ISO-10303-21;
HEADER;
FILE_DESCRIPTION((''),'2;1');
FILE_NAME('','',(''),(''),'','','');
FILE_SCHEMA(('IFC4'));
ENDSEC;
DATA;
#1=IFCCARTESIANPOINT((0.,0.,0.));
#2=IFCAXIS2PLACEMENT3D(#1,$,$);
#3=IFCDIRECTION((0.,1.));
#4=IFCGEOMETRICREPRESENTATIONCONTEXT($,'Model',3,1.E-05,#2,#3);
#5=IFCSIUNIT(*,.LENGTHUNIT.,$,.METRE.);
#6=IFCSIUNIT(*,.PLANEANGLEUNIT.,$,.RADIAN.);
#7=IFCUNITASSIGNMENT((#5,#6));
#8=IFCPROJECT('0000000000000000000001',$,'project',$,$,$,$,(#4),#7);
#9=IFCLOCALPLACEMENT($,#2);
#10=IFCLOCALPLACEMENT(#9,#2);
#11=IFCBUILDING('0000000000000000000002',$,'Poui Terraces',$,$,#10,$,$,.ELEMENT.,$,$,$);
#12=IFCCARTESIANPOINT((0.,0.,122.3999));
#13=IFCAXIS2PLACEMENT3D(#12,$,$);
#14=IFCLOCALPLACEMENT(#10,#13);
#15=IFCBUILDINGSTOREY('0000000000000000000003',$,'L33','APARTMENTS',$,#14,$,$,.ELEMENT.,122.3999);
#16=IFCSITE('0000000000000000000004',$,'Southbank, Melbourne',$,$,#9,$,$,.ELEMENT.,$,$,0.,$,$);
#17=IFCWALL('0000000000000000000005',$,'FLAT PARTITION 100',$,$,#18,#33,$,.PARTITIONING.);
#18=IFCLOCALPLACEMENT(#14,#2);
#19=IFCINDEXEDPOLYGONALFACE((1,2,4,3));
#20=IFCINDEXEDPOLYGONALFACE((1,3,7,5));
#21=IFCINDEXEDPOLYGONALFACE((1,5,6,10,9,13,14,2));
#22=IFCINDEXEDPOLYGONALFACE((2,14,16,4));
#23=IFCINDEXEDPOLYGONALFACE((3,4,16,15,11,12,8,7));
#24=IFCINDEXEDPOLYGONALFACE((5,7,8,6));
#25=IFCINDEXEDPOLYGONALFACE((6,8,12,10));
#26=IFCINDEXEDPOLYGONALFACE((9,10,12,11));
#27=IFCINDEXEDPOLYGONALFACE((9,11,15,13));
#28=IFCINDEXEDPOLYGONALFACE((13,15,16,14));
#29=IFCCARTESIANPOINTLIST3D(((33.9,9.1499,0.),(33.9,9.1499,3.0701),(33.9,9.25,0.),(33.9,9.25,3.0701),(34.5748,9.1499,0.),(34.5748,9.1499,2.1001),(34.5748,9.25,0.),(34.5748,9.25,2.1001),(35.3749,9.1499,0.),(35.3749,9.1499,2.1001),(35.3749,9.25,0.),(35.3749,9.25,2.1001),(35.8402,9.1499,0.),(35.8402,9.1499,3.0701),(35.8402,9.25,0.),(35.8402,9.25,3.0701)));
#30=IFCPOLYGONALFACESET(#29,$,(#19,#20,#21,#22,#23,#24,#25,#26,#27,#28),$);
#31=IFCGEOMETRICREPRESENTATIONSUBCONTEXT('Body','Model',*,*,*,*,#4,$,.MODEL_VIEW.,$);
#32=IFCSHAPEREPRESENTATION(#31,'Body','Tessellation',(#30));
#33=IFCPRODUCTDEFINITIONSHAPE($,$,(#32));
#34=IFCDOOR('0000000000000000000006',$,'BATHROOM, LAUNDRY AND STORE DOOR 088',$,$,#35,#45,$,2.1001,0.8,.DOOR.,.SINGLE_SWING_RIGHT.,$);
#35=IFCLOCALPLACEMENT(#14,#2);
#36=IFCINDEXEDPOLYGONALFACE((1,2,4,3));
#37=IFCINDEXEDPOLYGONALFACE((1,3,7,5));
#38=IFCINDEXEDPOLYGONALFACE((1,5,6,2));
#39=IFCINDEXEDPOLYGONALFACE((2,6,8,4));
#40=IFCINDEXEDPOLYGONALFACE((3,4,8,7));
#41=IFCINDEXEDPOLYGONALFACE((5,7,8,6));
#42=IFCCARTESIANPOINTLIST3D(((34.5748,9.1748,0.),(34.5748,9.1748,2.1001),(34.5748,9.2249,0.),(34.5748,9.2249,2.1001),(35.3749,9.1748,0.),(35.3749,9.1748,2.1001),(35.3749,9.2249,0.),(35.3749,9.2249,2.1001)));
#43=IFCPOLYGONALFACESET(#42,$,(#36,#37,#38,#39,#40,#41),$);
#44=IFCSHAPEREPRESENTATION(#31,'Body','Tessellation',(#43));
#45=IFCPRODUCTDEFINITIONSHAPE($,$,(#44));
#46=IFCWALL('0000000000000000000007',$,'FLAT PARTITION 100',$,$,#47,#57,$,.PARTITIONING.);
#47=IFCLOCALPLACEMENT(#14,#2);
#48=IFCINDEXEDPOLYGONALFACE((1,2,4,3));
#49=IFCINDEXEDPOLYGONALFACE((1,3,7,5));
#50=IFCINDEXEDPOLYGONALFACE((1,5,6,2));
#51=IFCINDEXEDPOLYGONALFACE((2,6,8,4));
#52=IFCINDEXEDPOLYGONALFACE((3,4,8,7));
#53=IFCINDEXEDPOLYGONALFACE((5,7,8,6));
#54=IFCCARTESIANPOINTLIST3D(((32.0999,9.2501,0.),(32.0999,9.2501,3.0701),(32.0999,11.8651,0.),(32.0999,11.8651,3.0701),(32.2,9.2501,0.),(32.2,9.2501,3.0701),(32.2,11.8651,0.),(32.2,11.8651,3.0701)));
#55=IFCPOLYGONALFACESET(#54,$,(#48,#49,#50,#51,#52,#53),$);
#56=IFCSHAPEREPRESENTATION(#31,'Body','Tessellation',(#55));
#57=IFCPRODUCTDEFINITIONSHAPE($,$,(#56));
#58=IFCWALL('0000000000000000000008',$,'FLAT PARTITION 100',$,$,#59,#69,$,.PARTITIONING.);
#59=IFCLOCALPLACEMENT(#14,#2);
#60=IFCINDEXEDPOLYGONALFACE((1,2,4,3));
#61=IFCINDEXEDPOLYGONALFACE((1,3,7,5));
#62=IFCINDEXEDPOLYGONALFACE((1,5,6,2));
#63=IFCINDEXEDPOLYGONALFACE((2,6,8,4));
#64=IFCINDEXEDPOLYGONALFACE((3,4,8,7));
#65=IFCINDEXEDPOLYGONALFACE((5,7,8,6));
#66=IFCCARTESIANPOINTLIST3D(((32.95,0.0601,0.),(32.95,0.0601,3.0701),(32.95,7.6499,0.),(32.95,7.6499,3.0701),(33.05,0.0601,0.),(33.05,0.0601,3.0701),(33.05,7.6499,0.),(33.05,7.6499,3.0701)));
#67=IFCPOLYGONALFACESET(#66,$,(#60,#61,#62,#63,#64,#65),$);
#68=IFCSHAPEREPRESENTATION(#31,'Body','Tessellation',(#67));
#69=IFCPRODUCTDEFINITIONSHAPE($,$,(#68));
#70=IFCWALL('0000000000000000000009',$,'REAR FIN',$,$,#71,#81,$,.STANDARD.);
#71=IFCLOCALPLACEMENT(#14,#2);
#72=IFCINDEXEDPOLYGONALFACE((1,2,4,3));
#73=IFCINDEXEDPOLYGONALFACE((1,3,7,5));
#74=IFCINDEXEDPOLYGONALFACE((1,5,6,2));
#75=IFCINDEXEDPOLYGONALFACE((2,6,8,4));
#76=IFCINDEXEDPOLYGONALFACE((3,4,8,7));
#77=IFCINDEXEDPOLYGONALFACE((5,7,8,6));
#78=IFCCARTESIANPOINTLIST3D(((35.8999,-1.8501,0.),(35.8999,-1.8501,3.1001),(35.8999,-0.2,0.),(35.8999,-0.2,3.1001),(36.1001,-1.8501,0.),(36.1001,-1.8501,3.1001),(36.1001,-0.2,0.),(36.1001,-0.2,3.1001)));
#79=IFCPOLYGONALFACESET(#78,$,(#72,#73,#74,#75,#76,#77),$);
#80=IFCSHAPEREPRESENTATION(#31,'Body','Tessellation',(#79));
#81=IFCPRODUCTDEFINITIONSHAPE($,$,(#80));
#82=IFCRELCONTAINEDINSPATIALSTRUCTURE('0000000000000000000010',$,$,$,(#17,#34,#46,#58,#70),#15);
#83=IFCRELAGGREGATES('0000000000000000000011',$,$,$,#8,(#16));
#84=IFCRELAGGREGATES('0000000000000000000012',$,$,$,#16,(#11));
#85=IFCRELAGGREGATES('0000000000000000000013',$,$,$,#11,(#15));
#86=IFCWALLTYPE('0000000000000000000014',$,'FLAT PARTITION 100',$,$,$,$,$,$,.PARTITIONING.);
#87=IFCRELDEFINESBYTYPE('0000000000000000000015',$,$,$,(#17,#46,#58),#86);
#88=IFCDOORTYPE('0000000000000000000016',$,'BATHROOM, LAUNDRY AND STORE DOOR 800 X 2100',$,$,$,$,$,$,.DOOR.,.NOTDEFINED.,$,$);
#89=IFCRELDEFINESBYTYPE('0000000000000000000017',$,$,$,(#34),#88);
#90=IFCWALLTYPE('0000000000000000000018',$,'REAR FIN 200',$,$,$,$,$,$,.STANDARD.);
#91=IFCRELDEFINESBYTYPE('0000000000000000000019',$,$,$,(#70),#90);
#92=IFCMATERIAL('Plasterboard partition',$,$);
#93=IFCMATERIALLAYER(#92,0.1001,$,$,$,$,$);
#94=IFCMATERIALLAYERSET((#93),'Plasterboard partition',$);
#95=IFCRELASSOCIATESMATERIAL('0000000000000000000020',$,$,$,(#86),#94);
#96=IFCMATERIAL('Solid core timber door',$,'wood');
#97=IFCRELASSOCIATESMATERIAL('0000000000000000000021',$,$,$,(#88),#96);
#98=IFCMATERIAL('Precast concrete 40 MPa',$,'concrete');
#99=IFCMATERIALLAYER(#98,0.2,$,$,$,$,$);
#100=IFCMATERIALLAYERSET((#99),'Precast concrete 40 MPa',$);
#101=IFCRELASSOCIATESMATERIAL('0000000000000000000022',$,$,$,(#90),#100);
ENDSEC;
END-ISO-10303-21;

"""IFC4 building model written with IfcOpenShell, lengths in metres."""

from ifc_helpers import new_model, si_unit, direction, frame, frame_2d, origin, place, context, subcontext, project, spatial, polyline, rectangle, outline, extrude, source, transform, mapped, material, layer, layer_set, type_object, element, fill, save


model = new_model("IFC4")

# Units and contexts
model_context = context("Model", 3, precision=1e-05, world=origin(), true_north=direction((0.0, 1.0)))
body_context = subcontext(model_context, "Body", "Model", "MODEL_VIEW")
ifc_project = project(units=[si_unit("LENGTHUNIT", "METRE"), si_unit("PLANEANGLEUNIT", "RADIAN")], contexts=[model_context])

# Site, building, storey
site_placement = place(None, origin())
site = spatial("IfcSite", under=ifc_project, at=site_placement, Name="Southbank, Melbourne", CompositionType="ELEMENT", RefElevation=0.0)
building_placement = place(site_placement, origin())
building = spatial("IfcBuilding", under=site, at=building_placement, Name="Poui Terraces", CompositionType="ELEMENT")
storey_placement = place(building_placement, frame((0.0, 0.0, 122.3999)))
storey = spatial("IfcBuildingStorey", under=building, at=storey_placement, Name="L33", Description="APARTMENTS", CompositionType="ELEMENT", Elevation=122.3999)

# Shared definitions
ifc_material_1 = material(Name="Precast concrete 40 MPa", Category="concrete")

# Shared definitions
ifc_material_2 = material(Name="Solid core timber door", Category="wood")

# Wall, opening, door
ifc_material_3 = material(Name="Plasterboard partition")
ifc_layer_1 = layer(ifc_material_3, 0.1001)
ifc_layer_set_1 = layer_set([ifc_layer_1], Name="Plasterboard partition")
wall_type_1 = type_object("IfcWallType", Name="FLAT PARTITION 100", PredefinedType="PARTITIONING", material=ifc_layer_set_1)
wall_1_placement = place(storey_placement, frame((33.8999, 9.2, 0.0), z_axis=(0.0, 0.0, 1.0), x_axis=(1.0, 0.0, 0.0)))
wall_1 = element("IfcWall", 1, at=wall_1_placement, inside=storey, type_object=wall_type_1, Name="FLAT PARTITION 100", PredefinedType="PARTITIONING", context=body_context, shape_type="SweptSolid", body=[
    extrude(rectangle(XDim=1.9402, YDim=0.1001, at=frame_2d((0.9702, 0.0))), origin(), (0.0, 0.0, 1.0), 3.0701),
])
opening_1_placement = place(wall_1_placement, frame((0.675, 0.0, 0.0)))
opening_1 = element("IfcOpeningElement", 2, at=opening_1_placement, cuts=wall_1, PredefinedType="OPENING", context=body_context, shape_type="SweptSolid", body=[
    extrude(rectangle(XDim=0.8, YDim=2.1001, at=frame_2d((0.3999, 1.05))), frame((0.0, 0.0601, 0.0), z_axis=(0.0, -1.0, 0.0), x_axis=(1.0, 0.0, 0.0)), (0.0, 0.0, 1.0), 0.1201),
])
door_type_1 = type_object("IfcDoorType", Name="BATHROOM, LAUNDRY AND STORE DOOR 800 X 2100", OperationType="NOTDEFINED", PredefinedType="DOOR", material=ifc_material_2)
door_1_placement = place(opening_1_placement, origin())
door_1 = element("IfcDoor", 3, at=door_1_placement, inside=storey, type_object=door_type_1, Name="BATHROOM, LAUNDRY AND STORE DOOR 088", OperationType="SINGLE_SWING_RIGHT", OverallHeight=2.1001, OverallWidth=0.8, PredefinedType="DOOR", context=body_context, shape_type="SweptSolid", body=[
    extrude(rectangle(XDim=0.8, YDim=2.1001, at=frame_2d((0.3999, 1.05))), frame((0.0, 0.0249, 0.0), z_axis=(0.0, -1.0, 0.0), x_axis=(1.0, 0.0, 0.0)), (0.0, 0.0, 1.0), 0.05),
])
fill(opening_1, door_1)

# Walls
wall_2_placement = place(storey_placement, frame((32.1499, 9.25, 0.0), z_axis=(0.0, 0.0, 1.0), x_axis=(0.0, 1.0, 0.0)))
element("IfcWall", 4, at=wall_2_placement, inside=storey, type_object=wall_type_1, Name="FLAT PARTITION 100", PredefinedType="PARTITIONING", context=body_context, shape_type="SweptSolid", body=[
    extrude(rectangle(XDim=2.615, YDim=0.1001, at=frame_2d((1.3076, 0.0))), origin(), (0.0, 0.0, 1.0), 3.0701),
])
wall_3_placement = place(storey_placement, frame((33.0, 0.0601, 0.0), z_axis=(0.0, 0.0, 1.0), x_axis=(0.0, 1.0, 0.0)))
element("IfcWall", 5, at=wall_3_placement, inside=storey, type_object=wall_type_1, Name="FLAT PARTITION 100", PredefinedType="PARTITIONING", context=body_context, shape_type="SweptSolid", body=[
    extrude(rectangle(XDim=7.5898, YDim=0.1001, at=frame_2d((3.7949, 0.0))), origin(), (0.0, 0.0, 1.0), 3.0701),
])
ifc_layer_2 = layer(ifc_material_1, 0.2)
ifc_layer_set_2 = layer_set([ifc_layer_2], Name="Precast concrete 40 MPa")
wall_type_2 = type_object("IfcWallType", Name="REAR FIN 200", PredefinedType="STANDARD", material=ifc_layer_set_2)
shared_shape_1 = source(origin(), body_context, "Body", "SweptSolid", [
    extrude(outline(polyline([(0.0, 0.0), (0.2002, 0.0), (0.2002, 1.6501), (0.0, 1.6501), (0.0, 0.0)])), origin(), (0.0, 0.0, 1.0), 3.1001),
])
wall_4_placement = place(storey_placement, frame((35.8999, -1.8501, 0.0)))
element("IfcWall", 6, at=wall_4_placement, inside=storey, type_object=wall_type_2, Name="REAR FIN", PredefinedType="STANDARD", context=body_context, shape_type="MappedRepresentation", body=[
    mapped(shared_shape_1, transform((0.0, 0.0, 0.0))),
])

save(model, "model.ifc")
